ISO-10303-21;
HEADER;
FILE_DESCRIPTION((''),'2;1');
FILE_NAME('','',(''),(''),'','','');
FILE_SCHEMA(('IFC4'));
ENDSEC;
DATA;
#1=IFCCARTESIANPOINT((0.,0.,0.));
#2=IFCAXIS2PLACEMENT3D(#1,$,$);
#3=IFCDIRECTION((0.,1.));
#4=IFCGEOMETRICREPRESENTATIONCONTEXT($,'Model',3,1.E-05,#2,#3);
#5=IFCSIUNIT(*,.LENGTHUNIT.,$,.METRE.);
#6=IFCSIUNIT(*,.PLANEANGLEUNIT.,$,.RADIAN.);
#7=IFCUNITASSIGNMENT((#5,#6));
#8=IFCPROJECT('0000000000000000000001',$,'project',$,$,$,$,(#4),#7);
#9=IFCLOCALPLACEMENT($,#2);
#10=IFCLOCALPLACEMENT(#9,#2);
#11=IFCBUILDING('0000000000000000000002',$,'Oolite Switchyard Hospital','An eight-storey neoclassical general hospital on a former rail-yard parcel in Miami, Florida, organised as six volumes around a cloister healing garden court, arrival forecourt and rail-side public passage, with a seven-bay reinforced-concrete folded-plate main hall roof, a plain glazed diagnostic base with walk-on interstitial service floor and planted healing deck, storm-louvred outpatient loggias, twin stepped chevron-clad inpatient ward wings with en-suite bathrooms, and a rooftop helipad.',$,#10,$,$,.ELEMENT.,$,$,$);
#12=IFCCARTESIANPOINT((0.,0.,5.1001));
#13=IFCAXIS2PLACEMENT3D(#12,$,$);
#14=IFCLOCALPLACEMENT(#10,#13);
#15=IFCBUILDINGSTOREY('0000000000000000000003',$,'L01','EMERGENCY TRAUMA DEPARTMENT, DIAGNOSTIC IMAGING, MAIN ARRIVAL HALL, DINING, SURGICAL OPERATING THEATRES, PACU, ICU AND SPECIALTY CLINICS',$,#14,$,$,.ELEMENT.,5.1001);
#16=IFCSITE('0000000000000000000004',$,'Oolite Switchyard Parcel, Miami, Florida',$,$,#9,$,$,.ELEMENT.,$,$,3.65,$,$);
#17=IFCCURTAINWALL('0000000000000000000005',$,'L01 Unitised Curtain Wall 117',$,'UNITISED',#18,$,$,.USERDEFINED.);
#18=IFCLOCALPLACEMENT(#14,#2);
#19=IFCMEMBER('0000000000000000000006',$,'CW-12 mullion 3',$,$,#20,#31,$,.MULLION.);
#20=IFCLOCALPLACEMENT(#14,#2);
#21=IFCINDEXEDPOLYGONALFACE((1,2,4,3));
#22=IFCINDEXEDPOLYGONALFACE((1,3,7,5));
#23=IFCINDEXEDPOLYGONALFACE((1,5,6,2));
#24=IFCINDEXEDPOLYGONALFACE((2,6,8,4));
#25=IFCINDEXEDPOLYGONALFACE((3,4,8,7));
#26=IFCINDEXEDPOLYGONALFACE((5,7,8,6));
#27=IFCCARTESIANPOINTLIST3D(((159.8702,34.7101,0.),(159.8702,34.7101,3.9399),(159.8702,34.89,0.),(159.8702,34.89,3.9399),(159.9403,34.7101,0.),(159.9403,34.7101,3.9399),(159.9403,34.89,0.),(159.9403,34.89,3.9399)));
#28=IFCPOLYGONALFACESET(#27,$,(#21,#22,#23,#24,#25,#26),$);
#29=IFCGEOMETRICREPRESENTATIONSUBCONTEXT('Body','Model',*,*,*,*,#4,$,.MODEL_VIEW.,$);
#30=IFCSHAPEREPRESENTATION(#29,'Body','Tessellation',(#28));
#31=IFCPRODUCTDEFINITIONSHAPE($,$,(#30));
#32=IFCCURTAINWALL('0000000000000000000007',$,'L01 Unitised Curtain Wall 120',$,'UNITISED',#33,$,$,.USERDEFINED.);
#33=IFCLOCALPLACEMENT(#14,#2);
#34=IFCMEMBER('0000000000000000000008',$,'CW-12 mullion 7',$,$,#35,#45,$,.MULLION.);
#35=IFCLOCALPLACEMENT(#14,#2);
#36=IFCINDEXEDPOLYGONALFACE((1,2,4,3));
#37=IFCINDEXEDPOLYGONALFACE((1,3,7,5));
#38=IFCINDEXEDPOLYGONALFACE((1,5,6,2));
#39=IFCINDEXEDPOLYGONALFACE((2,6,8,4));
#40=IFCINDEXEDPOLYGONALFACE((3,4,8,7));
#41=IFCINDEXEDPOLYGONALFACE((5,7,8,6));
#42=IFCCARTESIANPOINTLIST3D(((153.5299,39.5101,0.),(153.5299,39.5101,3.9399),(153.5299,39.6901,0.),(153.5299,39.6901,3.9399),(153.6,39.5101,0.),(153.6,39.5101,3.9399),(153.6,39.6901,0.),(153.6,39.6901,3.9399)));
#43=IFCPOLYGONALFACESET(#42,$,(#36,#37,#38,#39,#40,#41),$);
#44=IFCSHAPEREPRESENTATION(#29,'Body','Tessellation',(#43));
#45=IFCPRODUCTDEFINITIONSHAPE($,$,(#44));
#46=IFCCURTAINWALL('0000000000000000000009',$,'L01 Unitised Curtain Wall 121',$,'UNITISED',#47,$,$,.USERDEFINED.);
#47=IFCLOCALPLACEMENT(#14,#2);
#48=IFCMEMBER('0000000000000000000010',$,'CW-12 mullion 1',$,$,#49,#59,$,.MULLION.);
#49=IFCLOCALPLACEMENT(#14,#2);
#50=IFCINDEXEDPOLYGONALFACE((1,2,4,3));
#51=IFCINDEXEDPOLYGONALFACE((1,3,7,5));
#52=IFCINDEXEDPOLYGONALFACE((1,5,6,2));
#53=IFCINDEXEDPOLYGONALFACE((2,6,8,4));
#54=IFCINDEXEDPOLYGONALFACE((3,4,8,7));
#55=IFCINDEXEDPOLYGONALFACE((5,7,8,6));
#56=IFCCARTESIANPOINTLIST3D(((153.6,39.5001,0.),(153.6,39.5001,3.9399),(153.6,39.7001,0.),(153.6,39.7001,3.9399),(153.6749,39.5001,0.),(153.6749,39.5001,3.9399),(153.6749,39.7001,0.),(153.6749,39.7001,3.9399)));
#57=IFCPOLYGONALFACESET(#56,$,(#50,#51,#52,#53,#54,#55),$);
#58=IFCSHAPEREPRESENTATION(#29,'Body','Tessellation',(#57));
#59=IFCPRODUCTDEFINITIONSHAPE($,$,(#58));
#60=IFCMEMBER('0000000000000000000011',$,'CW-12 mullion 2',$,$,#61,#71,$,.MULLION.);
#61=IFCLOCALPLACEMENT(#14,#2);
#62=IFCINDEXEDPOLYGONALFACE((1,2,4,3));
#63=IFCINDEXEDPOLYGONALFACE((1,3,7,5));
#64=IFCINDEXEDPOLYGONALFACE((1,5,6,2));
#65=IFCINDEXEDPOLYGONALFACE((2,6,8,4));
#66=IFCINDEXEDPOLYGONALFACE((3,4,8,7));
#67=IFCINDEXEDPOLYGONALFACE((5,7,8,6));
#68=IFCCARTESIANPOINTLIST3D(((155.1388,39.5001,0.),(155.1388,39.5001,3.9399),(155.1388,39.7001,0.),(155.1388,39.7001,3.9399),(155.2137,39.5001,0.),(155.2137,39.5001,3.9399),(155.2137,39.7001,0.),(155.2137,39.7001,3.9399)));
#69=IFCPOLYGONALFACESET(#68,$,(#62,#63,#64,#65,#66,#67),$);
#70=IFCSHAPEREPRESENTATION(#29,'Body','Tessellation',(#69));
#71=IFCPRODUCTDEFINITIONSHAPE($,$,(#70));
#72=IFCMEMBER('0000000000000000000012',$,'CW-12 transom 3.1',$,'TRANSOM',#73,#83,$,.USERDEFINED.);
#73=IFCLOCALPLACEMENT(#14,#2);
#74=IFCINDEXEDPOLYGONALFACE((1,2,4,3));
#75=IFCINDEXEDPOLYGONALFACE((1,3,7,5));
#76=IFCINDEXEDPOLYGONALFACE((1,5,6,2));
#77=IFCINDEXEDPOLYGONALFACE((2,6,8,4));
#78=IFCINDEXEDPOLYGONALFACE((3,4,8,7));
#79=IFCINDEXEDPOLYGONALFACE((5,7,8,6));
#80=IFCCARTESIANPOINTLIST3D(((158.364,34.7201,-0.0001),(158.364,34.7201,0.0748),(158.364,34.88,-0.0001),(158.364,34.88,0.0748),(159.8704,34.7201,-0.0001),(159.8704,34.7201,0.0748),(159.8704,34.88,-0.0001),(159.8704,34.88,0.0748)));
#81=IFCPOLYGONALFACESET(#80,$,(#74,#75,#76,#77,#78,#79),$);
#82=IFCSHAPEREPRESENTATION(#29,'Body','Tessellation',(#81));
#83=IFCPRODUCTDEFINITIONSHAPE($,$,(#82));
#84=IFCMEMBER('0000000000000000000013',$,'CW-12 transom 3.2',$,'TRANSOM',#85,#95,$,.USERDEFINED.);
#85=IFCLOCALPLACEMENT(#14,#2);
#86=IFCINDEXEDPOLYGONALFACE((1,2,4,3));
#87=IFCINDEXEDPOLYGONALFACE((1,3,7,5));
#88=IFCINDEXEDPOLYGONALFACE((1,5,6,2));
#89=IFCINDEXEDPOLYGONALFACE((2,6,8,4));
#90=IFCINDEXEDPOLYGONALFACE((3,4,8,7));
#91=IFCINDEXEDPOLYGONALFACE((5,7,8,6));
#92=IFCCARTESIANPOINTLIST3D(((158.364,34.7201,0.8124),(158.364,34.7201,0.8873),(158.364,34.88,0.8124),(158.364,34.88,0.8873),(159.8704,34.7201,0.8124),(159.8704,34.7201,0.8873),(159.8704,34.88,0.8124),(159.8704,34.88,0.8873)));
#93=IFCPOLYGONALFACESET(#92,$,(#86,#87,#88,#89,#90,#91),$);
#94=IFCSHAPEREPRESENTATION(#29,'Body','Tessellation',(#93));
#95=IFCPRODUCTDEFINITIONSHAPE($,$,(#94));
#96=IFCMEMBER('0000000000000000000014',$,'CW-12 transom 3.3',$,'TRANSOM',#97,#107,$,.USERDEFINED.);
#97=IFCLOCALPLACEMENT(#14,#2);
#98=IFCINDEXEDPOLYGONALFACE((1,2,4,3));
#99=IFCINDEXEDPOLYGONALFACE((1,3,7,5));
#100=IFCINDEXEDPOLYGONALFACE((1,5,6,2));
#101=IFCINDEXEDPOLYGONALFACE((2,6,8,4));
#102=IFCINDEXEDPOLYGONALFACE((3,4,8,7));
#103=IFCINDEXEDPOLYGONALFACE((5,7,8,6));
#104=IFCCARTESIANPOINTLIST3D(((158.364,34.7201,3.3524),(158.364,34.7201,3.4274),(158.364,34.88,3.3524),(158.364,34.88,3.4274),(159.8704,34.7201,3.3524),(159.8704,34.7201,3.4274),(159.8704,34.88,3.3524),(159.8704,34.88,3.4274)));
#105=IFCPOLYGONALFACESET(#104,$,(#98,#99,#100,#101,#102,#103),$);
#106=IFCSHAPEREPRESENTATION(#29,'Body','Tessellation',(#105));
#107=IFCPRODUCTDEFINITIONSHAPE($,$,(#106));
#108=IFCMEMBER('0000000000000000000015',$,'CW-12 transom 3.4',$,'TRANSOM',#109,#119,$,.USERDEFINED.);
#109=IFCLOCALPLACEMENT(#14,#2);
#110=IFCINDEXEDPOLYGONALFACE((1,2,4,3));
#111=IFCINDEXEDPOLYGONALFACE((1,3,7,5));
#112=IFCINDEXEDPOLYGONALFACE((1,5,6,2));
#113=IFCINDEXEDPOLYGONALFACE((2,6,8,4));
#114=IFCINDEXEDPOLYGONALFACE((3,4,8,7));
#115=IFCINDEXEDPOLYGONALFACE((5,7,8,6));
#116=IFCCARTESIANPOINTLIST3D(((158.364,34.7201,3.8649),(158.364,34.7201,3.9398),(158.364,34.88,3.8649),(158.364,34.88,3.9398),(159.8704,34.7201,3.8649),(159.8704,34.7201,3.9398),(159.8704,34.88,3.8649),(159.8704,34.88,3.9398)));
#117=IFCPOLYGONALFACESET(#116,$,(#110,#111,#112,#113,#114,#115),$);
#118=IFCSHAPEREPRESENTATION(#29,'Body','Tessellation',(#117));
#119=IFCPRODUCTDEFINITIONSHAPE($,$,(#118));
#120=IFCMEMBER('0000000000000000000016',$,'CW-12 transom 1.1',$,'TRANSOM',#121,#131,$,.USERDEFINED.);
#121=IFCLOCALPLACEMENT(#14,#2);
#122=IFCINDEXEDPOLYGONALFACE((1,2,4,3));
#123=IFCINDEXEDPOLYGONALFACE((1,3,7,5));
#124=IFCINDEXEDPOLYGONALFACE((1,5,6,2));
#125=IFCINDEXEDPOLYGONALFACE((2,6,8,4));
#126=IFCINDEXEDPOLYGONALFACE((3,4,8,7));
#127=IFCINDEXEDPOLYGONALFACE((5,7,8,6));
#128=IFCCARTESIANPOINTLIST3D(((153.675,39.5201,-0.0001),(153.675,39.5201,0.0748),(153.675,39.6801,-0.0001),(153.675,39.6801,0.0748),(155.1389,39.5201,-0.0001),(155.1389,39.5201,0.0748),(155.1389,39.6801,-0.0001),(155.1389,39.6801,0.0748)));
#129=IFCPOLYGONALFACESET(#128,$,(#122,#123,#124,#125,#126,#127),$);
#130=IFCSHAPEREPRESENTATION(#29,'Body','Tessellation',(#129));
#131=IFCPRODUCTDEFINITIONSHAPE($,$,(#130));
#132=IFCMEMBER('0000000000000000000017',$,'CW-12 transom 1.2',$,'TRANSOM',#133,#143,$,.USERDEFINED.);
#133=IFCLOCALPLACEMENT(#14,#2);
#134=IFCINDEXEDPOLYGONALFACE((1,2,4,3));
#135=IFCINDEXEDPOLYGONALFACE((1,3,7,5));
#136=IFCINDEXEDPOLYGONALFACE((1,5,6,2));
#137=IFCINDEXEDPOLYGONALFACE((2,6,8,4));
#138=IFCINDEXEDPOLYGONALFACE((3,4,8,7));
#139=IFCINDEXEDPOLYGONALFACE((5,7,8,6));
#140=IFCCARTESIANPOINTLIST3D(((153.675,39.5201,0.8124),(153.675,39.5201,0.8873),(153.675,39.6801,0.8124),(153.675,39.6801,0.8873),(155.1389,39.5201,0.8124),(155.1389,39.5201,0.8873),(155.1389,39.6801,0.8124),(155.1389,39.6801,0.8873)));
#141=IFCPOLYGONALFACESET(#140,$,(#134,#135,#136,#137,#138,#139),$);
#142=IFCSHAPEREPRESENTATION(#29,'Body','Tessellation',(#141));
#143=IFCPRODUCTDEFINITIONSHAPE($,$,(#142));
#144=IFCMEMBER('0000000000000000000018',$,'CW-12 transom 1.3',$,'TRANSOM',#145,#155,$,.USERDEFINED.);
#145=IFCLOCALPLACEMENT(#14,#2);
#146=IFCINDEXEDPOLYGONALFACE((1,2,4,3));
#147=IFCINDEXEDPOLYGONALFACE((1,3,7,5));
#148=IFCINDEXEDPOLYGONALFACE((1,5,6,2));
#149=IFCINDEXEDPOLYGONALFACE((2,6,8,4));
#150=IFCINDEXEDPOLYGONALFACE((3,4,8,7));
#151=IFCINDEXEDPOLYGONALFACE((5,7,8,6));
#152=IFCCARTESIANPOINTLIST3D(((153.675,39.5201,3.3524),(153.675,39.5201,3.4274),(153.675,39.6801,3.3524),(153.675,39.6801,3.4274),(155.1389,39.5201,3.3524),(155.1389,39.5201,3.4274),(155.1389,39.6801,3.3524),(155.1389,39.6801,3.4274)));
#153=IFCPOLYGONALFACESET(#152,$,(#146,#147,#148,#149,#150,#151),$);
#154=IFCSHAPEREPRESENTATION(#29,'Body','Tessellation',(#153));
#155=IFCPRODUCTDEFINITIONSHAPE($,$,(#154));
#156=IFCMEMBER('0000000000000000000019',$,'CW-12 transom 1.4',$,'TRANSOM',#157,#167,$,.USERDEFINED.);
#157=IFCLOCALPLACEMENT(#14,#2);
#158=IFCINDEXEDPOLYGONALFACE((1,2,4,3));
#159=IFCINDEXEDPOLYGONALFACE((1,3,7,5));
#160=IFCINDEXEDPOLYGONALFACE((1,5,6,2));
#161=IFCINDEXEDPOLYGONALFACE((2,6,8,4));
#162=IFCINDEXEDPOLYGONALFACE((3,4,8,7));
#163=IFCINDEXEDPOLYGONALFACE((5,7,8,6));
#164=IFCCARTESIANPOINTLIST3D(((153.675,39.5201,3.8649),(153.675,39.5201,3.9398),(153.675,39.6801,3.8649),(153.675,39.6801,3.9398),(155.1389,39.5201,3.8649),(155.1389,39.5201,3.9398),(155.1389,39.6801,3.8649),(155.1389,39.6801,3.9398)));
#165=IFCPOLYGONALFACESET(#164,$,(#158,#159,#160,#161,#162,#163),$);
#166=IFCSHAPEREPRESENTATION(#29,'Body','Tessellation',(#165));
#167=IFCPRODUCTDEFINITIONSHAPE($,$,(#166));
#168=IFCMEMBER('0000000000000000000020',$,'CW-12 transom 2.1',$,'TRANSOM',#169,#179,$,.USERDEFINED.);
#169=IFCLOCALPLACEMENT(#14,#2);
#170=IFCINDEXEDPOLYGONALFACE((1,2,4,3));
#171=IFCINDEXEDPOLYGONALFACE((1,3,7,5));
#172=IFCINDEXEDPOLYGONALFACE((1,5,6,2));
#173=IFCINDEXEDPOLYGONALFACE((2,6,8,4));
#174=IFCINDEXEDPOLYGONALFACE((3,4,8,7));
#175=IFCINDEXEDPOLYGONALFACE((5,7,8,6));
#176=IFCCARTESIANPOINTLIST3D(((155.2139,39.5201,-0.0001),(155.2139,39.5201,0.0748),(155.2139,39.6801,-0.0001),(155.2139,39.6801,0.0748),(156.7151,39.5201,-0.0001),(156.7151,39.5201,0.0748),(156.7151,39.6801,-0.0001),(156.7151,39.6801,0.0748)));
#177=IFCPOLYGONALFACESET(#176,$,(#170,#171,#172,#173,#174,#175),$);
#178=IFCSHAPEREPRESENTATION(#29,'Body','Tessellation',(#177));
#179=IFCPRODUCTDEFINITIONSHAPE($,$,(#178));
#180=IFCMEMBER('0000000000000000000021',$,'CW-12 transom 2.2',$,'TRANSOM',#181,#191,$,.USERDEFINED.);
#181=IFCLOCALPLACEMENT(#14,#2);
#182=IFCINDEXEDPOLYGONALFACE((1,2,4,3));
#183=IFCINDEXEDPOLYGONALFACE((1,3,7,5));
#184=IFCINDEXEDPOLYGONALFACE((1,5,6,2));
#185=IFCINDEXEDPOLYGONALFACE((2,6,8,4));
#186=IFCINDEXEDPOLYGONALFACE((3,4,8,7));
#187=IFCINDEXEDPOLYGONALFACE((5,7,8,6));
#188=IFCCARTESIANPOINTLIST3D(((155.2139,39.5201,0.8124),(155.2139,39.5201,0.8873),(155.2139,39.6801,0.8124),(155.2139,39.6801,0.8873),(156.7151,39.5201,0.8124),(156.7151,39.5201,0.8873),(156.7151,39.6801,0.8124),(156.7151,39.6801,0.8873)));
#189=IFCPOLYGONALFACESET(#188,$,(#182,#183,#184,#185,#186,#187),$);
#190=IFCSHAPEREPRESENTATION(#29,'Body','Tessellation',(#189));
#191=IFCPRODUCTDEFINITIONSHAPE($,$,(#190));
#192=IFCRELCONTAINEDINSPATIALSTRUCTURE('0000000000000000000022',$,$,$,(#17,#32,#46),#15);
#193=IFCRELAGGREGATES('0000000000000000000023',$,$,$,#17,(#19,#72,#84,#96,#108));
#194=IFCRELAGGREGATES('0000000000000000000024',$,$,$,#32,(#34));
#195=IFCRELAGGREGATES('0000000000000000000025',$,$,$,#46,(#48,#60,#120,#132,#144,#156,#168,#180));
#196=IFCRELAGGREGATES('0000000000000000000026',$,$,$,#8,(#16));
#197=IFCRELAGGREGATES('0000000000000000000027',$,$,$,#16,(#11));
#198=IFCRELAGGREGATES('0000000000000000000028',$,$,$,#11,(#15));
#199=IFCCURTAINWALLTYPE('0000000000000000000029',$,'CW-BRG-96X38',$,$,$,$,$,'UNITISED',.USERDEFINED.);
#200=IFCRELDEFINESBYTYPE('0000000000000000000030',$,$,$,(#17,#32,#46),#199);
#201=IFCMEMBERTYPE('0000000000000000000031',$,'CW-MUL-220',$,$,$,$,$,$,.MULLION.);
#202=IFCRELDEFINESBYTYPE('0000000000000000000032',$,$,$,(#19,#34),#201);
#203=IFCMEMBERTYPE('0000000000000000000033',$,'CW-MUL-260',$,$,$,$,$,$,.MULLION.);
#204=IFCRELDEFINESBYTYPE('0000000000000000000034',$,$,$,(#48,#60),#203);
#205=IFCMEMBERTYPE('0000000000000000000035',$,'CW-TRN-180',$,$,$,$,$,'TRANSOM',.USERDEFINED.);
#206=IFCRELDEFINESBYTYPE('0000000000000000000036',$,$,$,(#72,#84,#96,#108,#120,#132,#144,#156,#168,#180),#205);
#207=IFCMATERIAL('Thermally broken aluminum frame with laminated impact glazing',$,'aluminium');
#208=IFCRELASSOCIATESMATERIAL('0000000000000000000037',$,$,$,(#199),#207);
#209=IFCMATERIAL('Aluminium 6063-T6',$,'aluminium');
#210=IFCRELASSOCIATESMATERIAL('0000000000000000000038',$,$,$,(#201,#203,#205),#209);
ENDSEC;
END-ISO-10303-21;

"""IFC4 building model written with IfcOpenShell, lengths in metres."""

from ifc_helpers import new_model, si_unit, direction, frame, origin, origin_2d, place, context, subcontext, project, spatial, rectangle, extrude, material, material_profile, profile_set, type_object, element, aggregate, save


model = new_model("IFC4")

# Units and contexts
model_context = context("Model", 3, precision=1e-05, world=origin(), true_north=direction((0.0, 1.0)))
body_context = subcontext(model_context, "Body", "Model", "MODEL_VIEW")
ifc_project = project(units=[si_unit("LENGTHUNIT", "METRE"), si_unit("PLANEANGLEUNIT", "RADIAN")], contexts=[model_context])

# Site, building, storey
site_placement = place(None, origin())
site = spatial("IfcSite", under=ifc_project, at=site_placement, Name="Oolite Switchyard Parcel, Miami, Florida", CompositionType="ELEMENT", RefElevation=3.65)
building_placement = place(site_placement, origin())
building = spatial("IfcBuilding", under=site, at=building_placement, Name="Oolite Switchyard Hospital", Description="An eight-storey neoclassical general hospital on a former rail-yard parcel in Miami, Florida, organised as six volumes around a cloister healing garden court, arrival forecourt and rail-side public passage, with a seven-bay reinforced-concrete folded-plate main hall roof, a plain glazed diagnostic base with walk-on interstitial service floor and planted healing deck, storm-louvred outpatient loggias, twin stepped chevron-clad inpatient ward wings with en-suite bathrooms, and a rooftop helipad.", CompositionType="ELEMENT")
storey_placement = place(building_placement, frame((0.0, 0.0, 5.1001)))
storey = spatial("IfcBuildingStorey", under=building, at=storey_placement, Name="L01", Description="EMERGENCY TRAUMA DEPARTMENT, DIAGNOSTIC IMAGING, MAIN ARRIVAL HALL, DINING, SURGICAL OPERATING THEATRES, PACU, ICU AND SPECIALTY CLINICS", CompositionType="ELEMENT", Elevation=5.1001)

# Curtain walls, members
ifc_material_1 = material(Name="Thermally broken aluminum frame with laminated impact glazing", Category="aluminium")
curtain_wall_type = type_object("IfcCurtainWallType", Name="CW-BRG-96X38", ElementType="UNITISED", PredefinedType="USERDEFINED", material=ifc_material_1)
curtain_wall_1_placement = place(storey_placement, origin())
curtain_wall_1 = element("IfcCurtainWall", 1, at=curtain_wall_1_placement, inside=storey, type_object=curtain_wall_type, Name="L01 Unitised Curtain Wall 117", ObjectType="UNITISED", PredefinedType="USERDEFINED")
ifc_material_2 = material(Name="Aluminium 6063-T6", Category="aluminium")
ifc_material_profile_1 = material_profile(ifc_material_2, rectangle(XDim=0.1799, YDim=0.0701, at=origin_2d()), Name="CWM70X180")
ifc_profile_set_1 = profile_set([ifc_material_profile_1], Name="Aluminium 6063-T6")
member_type_1 = type_object("IfcMemberType", Name="CW-MUL-220", PredefinedType="MULLION", material=ifc_profile_set_1)
member_1_placement = place(storey_placement, frame((159.9053, 34.8, 0.0), z_axis=(0.0, 0.0, 1.0), x_axis=(0.0, -1.0, 0.0)))
member_1 = element("IfcMember", 2, at=member_1_placement, type_object=member_type_1, Name="CW-12 mullion 3", PredefinedType="MULLION", context=body_context, shape_type="SweptSolid", body=[
    extrude(rectangle(XDim=0.1799, YDim=0.0701, at=origin_2d()), origin(), (0.0, 0.0, 1.0), 3.9399),
])
curtain_wall_2_placement = place(storey_placement, origin())
curtain_wall_2 = element("IfcCurtainWall", 3, at=curtain_wall_2_placement, inside=storey, type_object=curtain_wall_type, Name="L01 Unitised Curtain Wall 120", ObjectType="UNITISED", PredefinedType="USERDEFINED")
member_2_placement = place(storey_placement, frame((153.5649, 39.6001, 0.0), z_axis=(0.0, 0.0, 1.0), x_axis=(0.0, 1.0, 0.0)))
member_2 = element("IfcMember", 4, at=member_2_placement, type_object=member_type_1, Name="CW-12 mullion 7", PredefinedType="MULLION", context=body_context, shape_type="SweptSolid", body=[
    extrude(rectangle(XDim=0.1799, YDim=0.0701, at=origin_2d()), origin(), (0.0, 0.0, 1.0), 3.9399),
])

# Curtain wall, members
curtain_wall_3_placement = place(storey_placement, origin())
curtain_wall_3 = element("IfcCurtainWall", 5, at=curtain_wall_3_placement, inside=storey, type_object=curtain_wall_type, Name="L01 Unitised Curtain Wall 121", ObjectType="UNITISED", PredefinedType="USERDEFINED")
ifc_material_profile_2 = material_profile(ifc_material_2, rectangle(XDim=0.2, YDim=0.075, at=origin_2d()), Name="CWM75X200")
ifc_profile_set_2 = profile_set([ifc_material_profile_2], Name="Aluminium 6063-T6")
member_type_2 = type_object("IfcMemberType", Name="CW-MUL-260", PredefinedType="MULLION", material=ifc_profile_set_2)
member_3_placement = place(storey_placement, frame((153.6375, 39.6001, 0.0), z_axis=(0.0, 0.0, 1.0), x_axis=(0.0, 1.0, 0.0)))
member_3 = element("IfcMember", 6, at=member_3_placement, type_object=member_type_2, Name="CW-12 mullion 1", PredefinedType="MULLION", context=body_context, shape_type="SweptSolid", body=[
    extrude(rectangle(XDim=0.2, YDim=0.075, at=origin_2d()), origin(), (0.0, 0.0, 1.0), 3.9399),
])
member_4_placement = place(storey_placement, frame((155.1763, 39.6001, 0.0), z_axis=(0.0, 0.0, 1.0), x_axis=(0.0, 1.0, 0.0)))
member_4 = element("IfcMember", 7, at=member_4_placement, type_object=member_type_2, Name="CW-12 mullion 2", PredefinedType="MULLION", context=body_context, shape_type="SweptSolid", body=[
    extrude(rectangle(XDim=0.2, YDim=0.075, at=origin_2d()), origin(), (0.0, 0.0, 1.0), 3.9399),
])

# Members
ifc_material_profile_3 = material_profile(ifc_material_2, rectangle(XDim=0.1599, YDim=0.075, at=origin_2d()), Name="CWT75X160")
ifc_profile_set_3 = profile_set([ifc_material_profile_3], Name="Aluminium 6063-T6")
member_type_3 = type_object("IfcMemberType", Name="CW-TRN-180", ElementType="TRANSOM", PredefinedType="USERDEFINED", material=ifc_profile_set_3)
member_5_placement = place(storey_placement, frame((159.8704, 34.8, 0.0374), z_axis=(-1.0, 0.0, 0.0), x_axis=(0.0, -1.0, 0.0)))
member_5 = element("IfcMember", 8, at=member_5_placement, type_object=member_type_3, Name="CW-12 transom 3.1", ObjectType="TRANSOM", PredefinedType="USERDEFINED", context=body_context, shape_type="SweptSolid", body=[
    extrude(rectangle(XDim=0.1599, YDim=0.075, at=origin_2d()), origin(), (0.0, 0.0, 1.0), 1.5063),
])
member_6_placement = place(storey_placement, frame((159.8704, 34.8, 0.8499), z_axis=(-1.0, 0.0, 0.0), x_axis=(0.0, -1.0, 0.0)))
member_6 = element("IfcMember", 9, at=member_6_placement, type_object=member_type_3, Name="CW-12 transom 3.2", ObjectType="TRANSOM", PredefinedType="USERDEFINED", context=body_context, shape_type="SweptSolid", body=[
    extrude(rectangle(XDim=0.1599, YDim=0.075, at=origin_2d()), origin(), (0.0, 0.0, 1.0), 1.5063),
])
member_7_placement = place(storey_placement, frame((159.8704, 34.8, 3.3899), z_axis=(-1.0, 0.0, 0.0), x_axis=(0.0, -1.0, 0.0)))
member_7 = element("IfcMember", 10, at=member_7_placement, type_object=member_type_3, Name="CW-12 transom 3.3", ObjectType="TRANSOM", PredefinedType="USERDEFINED", context=body_context, shape_type="SweptSolid", body=[
    extrude(rectangle(XDim=0.1599, YDim=0.075, at=origin_2d()), origin(), (0.0, 0.0, 1.0), 1.5063),
])
member_8_placement = place(storey_placement, frame((159.8704, 34.8, 3.9023), z_axis=(-1.0, 0.0, 0.0), x_axis=(0.0, -1.0, 0.0)))
member_8 = element("IfcMember", 11, at=member_8_placement, type_object=member_type_3, Name="CW-12 transom 3.4", ObjectType="TRANSOM", PredefinedType="USERDEFINED", context=body_context, shape_type="SweptSolid", body=[
    extrude(rectangle(XDim=0.1599, YDim=0.075, at=origin_2d()), origin(), (0.0, 0.0, 1.0), 1.5063),
])
member_9_placement = place(storey_placement, frame((153.675, 39.6001, 0.0374), z_axis=(1.0, 0.0, 0.0), x_axis=(0.0, 1.0, 0.0)))
member_9 = element("IfcMember", 12, at=member_9_placement, type_object=member_type_3, Name="CW-12 transom 1.1", ObjectType="TRANSOM", PredefinedType="USERDEFINED", context=body_context, shape_type="SweptSolid", body=[
    extrude(rectangle(XDim=0.1599, YDim=0.075, at=origin_2d()), origin(), (0.0, 0.0, 1.0), 1.4639),
])
member_10_placement = place(storey_placement, frame((153.675, 39.6001, 0.8499), z_axis=(1.0, 0.0, 0.0), x_axis=(0.0, 1.0, 0.0)))
member_10 = element("IfcMember", 13, at=member_10_placement, type_object=member_type_3, Name="CW-12 transom 1.2", ObjectType="TRANSOM", PredefinedType="USERDEFINED", context=body_context, shape_type="SweptSolid", body=[
    extrude(rectangle(XDim=0.1599, YDim=0.075, at=origin_2d()), origin(), (0.0, 0.0, 1.0), 1.4639),
])
member_11_placement = place(storey_placement, frame((153.675, 39.6001, 3.3899), z_axis=(1.0, 0.0, 0.0), x_axis=(0.0, 1.0, 0.0)))
member_11 = element("IfcMember", 14, at=member_11_placement, type_object=member_type_3, Name="CW-12 transom 1.3", ObjectType="TRANSOM", PredefinedType="USERDEFINED", context=body_context, shape_type="SweptSolid", body=[
    extrude(rectangle(XDim=0.1599, YDim=0.075, at=origin_2d()), origin(), (0.0, 0.0, 1.0), 1.4639),
])
member_12_placement = place(storey_placement, frame((153.675, 39.6001, 3.9023), z_axis=(1.0, 0.0, 0.0), x_axis=(0.0, 1.0, 0.0)))
member_12 = element("IfcMember", 15, at=member_12_placement, type_object=member_type_3, Name="CW-12 transom 1.4", ObjectType="TRANSOM", PredefinedType="USERDEFINED", context=body_context, shape_type="SweptSolid", body=[
    extrude(rectangle(XDim=0.1599, YDim=0.075, at=origin_2d()), origin(), (0.0, 0.0, 1.0), 1.4639),
])
member_13_placement = place(storey_placement, frame((155.2139, 39.6001, 0.0374), z_axis=(1.0, 0.0, 0.0), x_axis=(0.0, 1.0, 0.0)))
member_13 = element("IfcMember", 16, at=member_13_placement, type_object=member_type_3, Name="CW-12 transom 2.1", ObjectType="TRANSOM", PredefinedType="USERDEFINED", context=body_context, shape_type="SweptSolid", body=[
    extrude(rectangle(XDim=0.1599, YDim=0.075, at=origin_2d()), origin(), (0.0, 0.0, 1.0), 1.5012),
])
member_14_placement = place(storey_placement, frame((155.2139, 39.6001, 0.8499), z_axis=(1.0, 0.0, 0.0), x_axis=(0.0, 1.0, 0.0)))
member_14 = element("IfcMember", 17, at=member_14_placement, type_object=member_type_3, Name="CW-12 transom 2.2", ObjectType="TRANSOM", PredefinedType="USERDEFINED", context=body_context, shape_type="SweptSolid", body=[
    extrude(rectangle(XDim=0.1599, YDim=0.075, at=origin_2d()), origin(), (0.0, 0.0, 1.0), 1.5012),
])

aggregate(curtain_wall_1, [member_1, member_5, member_6, member_7, member_8])
aggregate(curtain_wall_2, [member_2])
aggregate(curtain_wall_3, [member_3, member_4, member_9, member_10, member_11, member_12, member_13, member_14])

save(model, "model.ifc")
